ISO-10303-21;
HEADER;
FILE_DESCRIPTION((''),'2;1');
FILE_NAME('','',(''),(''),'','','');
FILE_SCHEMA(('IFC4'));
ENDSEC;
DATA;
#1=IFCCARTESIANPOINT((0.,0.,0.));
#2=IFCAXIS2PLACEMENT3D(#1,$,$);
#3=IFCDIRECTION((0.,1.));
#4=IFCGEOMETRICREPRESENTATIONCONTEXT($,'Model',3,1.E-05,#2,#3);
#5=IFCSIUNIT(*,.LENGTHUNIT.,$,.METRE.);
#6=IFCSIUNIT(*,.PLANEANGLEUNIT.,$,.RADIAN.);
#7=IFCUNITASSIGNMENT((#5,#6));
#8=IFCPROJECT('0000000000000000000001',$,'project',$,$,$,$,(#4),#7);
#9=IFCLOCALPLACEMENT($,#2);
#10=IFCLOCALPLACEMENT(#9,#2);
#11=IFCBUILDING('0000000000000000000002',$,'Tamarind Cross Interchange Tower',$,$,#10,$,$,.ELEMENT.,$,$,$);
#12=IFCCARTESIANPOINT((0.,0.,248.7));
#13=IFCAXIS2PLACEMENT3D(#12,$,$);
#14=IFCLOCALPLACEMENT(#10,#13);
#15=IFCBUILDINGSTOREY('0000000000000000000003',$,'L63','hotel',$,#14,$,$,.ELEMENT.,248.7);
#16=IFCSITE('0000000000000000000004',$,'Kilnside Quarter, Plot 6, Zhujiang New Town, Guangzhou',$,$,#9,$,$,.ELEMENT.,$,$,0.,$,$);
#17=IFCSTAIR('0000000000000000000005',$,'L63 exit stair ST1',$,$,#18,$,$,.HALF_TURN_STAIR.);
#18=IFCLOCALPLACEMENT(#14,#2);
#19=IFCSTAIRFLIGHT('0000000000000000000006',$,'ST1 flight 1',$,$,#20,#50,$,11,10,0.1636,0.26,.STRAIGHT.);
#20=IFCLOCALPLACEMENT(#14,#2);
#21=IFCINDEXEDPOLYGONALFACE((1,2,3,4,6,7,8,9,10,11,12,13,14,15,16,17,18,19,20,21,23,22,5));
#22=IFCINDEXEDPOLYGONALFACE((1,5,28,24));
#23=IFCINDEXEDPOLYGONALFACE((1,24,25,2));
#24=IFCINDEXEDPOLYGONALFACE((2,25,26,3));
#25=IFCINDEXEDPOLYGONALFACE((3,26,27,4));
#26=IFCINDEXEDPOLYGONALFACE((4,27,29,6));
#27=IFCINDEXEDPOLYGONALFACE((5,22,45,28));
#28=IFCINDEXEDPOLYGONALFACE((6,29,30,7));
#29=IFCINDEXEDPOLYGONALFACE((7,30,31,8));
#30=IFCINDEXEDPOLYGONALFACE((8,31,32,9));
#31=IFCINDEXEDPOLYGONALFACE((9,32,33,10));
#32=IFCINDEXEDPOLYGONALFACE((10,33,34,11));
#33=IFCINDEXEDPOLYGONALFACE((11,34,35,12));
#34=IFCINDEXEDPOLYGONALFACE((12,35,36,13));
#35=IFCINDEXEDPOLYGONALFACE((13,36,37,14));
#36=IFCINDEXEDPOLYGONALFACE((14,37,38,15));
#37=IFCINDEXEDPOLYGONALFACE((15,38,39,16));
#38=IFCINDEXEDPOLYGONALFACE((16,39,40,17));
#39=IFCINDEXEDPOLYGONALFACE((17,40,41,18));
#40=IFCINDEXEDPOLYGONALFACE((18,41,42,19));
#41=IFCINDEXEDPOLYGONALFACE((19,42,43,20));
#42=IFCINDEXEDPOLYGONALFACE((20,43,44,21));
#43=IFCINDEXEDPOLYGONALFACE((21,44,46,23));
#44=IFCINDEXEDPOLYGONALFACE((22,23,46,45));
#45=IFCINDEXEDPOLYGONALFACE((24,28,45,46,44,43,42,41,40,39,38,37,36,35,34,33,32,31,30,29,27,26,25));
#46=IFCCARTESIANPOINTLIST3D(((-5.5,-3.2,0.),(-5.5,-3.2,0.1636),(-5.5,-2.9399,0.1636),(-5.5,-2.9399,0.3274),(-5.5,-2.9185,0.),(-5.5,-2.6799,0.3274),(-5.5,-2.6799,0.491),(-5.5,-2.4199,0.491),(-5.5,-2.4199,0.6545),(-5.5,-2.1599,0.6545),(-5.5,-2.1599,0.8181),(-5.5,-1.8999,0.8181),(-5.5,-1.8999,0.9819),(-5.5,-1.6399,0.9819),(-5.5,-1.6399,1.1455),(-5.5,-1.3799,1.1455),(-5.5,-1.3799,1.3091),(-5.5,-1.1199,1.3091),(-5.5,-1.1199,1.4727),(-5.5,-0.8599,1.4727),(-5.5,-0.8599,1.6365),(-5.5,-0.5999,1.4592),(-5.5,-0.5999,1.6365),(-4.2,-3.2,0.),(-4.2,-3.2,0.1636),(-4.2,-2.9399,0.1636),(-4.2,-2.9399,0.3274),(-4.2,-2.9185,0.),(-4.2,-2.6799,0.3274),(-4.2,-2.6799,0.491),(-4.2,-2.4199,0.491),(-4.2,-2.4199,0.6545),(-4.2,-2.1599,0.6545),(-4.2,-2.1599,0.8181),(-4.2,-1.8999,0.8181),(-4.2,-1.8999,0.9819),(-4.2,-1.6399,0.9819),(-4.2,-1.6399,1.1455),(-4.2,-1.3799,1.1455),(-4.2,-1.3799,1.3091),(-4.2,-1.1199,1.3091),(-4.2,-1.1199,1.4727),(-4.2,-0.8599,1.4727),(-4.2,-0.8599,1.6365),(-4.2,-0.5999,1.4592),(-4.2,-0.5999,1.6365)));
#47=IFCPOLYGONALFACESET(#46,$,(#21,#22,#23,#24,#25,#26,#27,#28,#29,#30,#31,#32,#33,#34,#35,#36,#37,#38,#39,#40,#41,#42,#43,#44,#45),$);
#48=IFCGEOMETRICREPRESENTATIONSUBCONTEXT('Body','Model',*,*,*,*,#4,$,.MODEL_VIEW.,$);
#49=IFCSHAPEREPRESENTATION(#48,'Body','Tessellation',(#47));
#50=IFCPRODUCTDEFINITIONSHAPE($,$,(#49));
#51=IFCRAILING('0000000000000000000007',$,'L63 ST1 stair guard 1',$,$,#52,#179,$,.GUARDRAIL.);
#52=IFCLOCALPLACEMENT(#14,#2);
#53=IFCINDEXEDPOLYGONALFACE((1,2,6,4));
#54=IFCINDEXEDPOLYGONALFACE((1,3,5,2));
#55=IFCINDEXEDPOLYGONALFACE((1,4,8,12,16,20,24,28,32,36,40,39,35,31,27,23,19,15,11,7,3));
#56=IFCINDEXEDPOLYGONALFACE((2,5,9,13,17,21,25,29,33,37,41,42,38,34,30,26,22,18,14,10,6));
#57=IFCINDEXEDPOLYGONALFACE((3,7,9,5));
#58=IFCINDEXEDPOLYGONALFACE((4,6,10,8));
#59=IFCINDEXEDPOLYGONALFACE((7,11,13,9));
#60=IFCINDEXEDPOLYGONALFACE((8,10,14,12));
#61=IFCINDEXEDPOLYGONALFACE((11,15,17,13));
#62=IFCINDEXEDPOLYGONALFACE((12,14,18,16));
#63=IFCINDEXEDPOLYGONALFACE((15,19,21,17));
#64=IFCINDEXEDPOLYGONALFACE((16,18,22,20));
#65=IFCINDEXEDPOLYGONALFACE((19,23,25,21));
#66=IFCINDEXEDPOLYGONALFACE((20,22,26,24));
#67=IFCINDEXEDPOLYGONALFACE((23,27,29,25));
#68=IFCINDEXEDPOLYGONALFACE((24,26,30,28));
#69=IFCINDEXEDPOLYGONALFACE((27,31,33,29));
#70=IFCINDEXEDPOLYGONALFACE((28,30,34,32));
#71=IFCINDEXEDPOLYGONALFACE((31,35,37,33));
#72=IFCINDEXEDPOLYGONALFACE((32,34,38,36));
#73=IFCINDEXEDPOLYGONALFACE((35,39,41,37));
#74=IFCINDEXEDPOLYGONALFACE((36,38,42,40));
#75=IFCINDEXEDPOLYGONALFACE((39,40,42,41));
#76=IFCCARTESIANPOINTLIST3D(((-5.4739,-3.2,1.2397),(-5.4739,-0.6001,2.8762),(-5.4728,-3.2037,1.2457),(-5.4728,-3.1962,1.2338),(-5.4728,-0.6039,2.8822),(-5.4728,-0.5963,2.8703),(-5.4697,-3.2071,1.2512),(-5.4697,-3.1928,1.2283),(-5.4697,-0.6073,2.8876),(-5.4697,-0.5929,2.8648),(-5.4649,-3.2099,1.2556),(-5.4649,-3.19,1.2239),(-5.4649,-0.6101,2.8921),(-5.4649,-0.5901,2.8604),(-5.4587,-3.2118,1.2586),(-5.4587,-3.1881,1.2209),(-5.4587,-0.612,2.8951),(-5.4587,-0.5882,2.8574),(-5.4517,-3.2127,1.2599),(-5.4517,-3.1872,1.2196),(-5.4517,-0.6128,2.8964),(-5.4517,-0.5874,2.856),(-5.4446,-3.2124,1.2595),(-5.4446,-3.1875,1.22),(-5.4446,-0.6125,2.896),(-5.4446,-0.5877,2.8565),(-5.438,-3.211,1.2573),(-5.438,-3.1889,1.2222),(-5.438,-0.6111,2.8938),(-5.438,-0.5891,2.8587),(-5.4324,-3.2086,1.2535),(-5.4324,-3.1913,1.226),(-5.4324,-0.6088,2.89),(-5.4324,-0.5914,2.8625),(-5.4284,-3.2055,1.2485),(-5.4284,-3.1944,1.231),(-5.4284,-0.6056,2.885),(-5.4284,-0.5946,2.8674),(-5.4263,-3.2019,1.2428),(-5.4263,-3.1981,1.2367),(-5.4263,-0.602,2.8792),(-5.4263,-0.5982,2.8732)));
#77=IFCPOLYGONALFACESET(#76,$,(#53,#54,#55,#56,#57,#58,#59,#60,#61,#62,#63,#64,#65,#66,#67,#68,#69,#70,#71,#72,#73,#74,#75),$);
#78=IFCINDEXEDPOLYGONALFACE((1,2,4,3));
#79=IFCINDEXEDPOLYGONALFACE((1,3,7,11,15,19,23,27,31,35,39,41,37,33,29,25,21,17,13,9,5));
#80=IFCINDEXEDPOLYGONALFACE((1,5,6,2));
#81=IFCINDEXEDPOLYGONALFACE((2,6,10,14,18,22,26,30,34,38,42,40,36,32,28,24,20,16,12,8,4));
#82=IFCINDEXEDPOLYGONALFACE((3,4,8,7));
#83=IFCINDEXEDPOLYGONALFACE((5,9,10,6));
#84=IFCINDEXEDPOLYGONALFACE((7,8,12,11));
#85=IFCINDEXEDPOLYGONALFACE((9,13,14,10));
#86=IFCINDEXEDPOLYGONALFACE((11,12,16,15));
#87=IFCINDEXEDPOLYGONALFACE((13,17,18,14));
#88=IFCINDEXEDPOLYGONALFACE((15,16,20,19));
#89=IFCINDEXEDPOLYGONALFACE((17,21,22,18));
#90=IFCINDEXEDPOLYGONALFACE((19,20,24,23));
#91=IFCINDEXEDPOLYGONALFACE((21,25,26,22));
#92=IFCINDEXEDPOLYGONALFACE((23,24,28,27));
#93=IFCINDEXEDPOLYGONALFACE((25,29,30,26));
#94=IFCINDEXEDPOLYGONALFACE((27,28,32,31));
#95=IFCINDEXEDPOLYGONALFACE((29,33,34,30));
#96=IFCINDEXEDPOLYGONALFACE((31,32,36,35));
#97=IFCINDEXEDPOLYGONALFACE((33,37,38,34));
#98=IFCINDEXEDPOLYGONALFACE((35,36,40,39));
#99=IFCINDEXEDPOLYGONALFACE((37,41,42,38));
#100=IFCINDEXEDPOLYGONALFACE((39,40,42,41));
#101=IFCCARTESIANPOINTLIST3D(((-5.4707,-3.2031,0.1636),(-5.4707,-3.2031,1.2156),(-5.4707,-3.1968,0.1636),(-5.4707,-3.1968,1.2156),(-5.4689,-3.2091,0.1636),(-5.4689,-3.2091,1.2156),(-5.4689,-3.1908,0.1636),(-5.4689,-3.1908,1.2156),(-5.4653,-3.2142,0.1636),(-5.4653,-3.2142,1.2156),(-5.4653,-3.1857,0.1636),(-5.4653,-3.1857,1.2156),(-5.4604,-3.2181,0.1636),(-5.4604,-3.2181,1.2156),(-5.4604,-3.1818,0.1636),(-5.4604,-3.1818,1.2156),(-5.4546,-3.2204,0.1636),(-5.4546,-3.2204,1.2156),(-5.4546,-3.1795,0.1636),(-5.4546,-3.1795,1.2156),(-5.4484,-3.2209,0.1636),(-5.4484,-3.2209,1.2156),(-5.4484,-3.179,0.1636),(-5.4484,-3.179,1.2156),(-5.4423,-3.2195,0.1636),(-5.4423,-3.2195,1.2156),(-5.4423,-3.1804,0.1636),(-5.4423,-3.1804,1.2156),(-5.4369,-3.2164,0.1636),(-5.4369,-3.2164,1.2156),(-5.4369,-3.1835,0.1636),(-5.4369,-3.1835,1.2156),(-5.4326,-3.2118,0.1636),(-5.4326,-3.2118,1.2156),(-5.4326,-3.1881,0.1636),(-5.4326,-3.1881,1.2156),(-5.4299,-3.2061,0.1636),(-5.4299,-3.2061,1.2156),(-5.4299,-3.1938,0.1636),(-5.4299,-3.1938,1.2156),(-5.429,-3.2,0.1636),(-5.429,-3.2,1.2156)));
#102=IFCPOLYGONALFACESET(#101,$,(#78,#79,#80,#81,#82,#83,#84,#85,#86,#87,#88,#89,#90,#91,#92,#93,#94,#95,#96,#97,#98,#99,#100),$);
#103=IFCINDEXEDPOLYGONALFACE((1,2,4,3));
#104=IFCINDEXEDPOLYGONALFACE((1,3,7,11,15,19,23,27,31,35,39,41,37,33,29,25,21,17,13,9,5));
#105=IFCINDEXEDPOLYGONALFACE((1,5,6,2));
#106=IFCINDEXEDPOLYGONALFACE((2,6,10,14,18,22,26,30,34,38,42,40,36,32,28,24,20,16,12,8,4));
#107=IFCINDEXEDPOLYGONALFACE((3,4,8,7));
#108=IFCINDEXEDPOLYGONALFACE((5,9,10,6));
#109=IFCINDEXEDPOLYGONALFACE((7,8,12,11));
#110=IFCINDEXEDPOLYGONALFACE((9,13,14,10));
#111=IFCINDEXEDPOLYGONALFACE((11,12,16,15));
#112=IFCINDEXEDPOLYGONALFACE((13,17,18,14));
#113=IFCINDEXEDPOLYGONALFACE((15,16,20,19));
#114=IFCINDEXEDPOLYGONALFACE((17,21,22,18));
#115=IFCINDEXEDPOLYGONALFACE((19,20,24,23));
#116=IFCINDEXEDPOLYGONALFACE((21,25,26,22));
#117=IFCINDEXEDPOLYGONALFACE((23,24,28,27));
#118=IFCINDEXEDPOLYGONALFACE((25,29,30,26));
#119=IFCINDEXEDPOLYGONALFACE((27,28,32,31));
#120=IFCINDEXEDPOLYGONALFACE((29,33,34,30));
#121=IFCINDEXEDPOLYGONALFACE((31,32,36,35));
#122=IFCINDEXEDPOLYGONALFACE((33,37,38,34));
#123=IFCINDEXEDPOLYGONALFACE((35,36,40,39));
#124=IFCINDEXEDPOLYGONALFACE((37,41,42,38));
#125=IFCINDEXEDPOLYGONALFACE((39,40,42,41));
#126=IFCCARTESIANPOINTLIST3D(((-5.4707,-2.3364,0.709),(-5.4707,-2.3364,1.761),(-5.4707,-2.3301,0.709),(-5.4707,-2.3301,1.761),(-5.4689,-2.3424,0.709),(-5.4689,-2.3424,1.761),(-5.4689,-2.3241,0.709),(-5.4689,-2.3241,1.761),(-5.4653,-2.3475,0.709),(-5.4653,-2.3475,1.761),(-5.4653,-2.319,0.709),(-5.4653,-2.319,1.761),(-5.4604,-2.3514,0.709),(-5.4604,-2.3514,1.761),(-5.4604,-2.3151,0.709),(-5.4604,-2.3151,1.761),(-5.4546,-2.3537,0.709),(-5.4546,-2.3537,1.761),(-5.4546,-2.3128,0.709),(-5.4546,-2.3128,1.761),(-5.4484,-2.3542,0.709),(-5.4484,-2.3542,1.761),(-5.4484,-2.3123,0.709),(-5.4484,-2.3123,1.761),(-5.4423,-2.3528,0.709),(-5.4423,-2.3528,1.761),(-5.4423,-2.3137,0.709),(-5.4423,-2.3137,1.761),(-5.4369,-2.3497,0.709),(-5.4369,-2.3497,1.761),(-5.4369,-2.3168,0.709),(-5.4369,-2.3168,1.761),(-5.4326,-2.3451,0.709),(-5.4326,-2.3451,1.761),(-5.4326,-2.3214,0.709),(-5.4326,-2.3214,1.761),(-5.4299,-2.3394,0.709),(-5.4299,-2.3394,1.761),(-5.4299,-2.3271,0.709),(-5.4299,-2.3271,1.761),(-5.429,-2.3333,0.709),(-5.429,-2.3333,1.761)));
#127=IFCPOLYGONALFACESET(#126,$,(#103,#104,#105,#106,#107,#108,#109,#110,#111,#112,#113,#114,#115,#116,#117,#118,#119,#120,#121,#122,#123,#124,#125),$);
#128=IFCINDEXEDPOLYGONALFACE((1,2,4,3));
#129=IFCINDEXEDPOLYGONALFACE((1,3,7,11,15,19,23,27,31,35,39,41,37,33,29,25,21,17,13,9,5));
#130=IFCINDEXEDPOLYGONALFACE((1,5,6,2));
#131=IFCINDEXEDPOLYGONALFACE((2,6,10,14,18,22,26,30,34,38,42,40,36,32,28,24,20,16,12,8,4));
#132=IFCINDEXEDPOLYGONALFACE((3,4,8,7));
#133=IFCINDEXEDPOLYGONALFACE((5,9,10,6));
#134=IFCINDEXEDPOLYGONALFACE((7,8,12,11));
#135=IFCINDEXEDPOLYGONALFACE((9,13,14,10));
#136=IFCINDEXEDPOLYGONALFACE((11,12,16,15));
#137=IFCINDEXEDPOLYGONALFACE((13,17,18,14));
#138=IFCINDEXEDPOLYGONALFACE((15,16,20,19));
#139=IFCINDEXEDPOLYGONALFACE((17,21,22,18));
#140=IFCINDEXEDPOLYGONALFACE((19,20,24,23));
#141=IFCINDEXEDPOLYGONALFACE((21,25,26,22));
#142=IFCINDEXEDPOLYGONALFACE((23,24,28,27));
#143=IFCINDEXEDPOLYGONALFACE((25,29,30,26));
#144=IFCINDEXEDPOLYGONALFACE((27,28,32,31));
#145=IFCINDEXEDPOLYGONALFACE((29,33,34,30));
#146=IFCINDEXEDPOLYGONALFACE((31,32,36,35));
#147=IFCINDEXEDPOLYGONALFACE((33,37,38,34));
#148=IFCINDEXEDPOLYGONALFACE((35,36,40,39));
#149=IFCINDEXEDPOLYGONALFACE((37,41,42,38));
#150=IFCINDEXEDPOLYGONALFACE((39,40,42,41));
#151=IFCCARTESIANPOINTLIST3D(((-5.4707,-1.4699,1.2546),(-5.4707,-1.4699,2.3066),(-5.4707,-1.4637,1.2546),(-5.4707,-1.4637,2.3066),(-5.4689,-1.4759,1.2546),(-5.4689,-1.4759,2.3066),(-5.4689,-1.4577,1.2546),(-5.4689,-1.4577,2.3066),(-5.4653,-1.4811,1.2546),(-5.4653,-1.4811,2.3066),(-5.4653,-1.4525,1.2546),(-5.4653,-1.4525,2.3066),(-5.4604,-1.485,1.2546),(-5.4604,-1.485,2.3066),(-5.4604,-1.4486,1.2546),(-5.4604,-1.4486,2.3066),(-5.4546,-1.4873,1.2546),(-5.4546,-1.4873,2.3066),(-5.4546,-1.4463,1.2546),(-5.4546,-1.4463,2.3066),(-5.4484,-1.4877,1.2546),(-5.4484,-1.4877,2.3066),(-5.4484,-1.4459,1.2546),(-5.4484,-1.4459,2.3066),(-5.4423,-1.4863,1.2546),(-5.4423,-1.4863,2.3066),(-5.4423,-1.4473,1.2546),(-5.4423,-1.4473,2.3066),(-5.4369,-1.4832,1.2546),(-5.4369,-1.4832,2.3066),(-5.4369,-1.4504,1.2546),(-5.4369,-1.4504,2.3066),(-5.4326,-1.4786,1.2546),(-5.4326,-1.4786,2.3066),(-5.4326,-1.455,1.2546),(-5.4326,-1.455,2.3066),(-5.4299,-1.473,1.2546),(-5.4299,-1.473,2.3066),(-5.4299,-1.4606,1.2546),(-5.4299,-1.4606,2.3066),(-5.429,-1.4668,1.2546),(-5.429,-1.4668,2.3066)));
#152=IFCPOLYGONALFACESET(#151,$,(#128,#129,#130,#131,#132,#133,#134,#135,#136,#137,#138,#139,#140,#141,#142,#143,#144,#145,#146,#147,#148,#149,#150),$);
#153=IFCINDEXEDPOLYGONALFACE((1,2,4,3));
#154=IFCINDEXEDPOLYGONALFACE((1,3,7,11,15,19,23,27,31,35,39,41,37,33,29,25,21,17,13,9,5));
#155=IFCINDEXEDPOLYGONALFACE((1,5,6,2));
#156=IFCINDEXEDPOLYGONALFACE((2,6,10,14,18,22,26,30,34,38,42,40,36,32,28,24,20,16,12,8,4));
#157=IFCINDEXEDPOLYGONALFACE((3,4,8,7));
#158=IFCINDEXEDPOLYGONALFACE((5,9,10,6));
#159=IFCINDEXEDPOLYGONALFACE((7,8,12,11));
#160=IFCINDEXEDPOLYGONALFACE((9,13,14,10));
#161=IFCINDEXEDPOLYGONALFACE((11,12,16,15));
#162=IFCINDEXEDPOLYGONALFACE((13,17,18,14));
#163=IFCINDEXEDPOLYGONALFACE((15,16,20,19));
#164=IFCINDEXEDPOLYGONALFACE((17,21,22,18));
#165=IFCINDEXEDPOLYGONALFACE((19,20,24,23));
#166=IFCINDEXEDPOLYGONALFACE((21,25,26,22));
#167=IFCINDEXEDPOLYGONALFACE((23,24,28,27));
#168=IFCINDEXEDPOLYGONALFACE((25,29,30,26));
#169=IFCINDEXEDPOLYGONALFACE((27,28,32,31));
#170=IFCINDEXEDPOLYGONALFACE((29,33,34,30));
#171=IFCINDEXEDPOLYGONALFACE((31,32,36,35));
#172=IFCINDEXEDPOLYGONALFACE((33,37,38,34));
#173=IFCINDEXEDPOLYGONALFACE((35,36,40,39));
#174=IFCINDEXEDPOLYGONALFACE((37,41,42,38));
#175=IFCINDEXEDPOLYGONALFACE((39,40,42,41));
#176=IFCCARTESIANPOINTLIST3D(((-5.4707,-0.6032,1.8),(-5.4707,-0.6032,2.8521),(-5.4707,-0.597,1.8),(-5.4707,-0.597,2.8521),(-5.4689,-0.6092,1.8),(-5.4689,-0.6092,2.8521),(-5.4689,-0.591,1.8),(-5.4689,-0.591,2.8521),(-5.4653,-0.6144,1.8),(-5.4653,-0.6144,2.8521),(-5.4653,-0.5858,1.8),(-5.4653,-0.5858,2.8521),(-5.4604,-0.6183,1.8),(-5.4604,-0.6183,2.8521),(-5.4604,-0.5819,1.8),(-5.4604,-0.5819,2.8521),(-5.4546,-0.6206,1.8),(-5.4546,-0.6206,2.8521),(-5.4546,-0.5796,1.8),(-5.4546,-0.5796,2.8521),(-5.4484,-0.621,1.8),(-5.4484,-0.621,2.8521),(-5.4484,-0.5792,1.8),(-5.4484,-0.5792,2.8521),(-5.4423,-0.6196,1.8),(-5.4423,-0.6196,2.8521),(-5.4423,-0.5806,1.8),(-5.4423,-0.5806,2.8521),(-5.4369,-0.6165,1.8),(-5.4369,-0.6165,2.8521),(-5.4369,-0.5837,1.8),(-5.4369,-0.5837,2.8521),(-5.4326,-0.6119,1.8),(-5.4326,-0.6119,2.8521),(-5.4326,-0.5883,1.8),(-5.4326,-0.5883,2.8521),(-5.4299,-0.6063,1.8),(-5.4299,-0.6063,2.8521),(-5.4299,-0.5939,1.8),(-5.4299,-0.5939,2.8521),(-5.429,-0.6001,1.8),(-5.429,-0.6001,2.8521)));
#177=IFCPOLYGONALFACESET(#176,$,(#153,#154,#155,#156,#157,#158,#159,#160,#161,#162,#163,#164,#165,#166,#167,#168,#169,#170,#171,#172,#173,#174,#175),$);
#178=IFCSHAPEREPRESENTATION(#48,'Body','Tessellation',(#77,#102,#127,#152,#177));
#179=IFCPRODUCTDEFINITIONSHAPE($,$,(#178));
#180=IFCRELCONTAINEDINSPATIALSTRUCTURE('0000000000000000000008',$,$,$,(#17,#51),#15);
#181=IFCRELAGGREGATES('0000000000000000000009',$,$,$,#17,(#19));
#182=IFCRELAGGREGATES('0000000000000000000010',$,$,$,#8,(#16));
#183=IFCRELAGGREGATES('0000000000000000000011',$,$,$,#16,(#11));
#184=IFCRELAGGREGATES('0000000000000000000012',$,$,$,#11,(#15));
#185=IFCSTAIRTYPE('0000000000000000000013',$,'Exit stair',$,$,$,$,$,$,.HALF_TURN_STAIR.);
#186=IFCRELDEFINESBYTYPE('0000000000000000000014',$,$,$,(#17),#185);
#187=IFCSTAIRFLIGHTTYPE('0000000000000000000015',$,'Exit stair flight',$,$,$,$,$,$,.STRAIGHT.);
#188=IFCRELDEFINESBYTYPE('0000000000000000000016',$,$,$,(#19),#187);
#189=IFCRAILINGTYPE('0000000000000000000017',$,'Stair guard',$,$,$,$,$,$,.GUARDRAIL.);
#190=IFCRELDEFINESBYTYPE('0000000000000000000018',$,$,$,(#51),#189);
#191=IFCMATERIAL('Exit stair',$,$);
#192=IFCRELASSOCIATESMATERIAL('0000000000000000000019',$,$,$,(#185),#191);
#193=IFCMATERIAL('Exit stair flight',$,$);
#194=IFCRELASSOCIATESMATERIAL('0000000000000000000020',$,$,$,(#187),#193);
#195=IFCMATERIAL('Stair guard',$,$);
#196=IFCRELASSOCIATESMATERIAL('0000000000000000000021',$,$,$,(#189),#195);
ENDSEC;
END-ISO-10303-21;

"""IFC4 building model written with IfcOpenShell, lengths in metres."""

from ifc_helpers import new_model, si_unit, direction, frame, origin, origin_2d, place, context, subcontext, project, spatial, polyline, circle, outline, extrude, material, type_object, element, aggregate, save


model = new_model("IFC4")

# Units and contexts
model_context = context("Model", 3, precision=1e-05, world=origin(), true_north=direction((0.0, 1.0)))
body_context = subcontext(model_context, "Body", "Model", "MODEL_VIEW")
ifc_project = project(units=[si_unit("LENGTHUNIT", "METRE"), si_unit("PLANEANGLEUNIT", "RADIAN")], contexts=[model_context])

# Site, building, storey
site_placement = place(None, origin())
site = spatial("IfcSite", under=ifc_project, at=site_placement, Name="Kilnside Quarter, Plot 6, Zhujiang New Town, Guangzhou", CompositionType="ELEMENT", RefElevation=0.0)
building_placement = place(site_placement, origin())
building = spatial("IfcBuilding", under=site, at=building_placement, Name="Tamarind Cross Interchange Tower", CompositionType="ELEMENT")
storey_placement = place(building_placement, frame((0.0, 0.0, 248.7)))
storey = spatial("IfcBuildingStorey", under=building, at=storey_placement, Name="L63", Description="hotel", CompositionType="ELEMENT", Elevation=248.7)

# Stair, stair flight
ifc_material_1 = material(Name="Exit stair")
stair_type = type_object("IfcStairType", Name="Exit stair", PredefinedType="HALF_TURN_STAIR", material=ifc_material_1)
stair_placement = place(storey_placement, origin())
stair = element("IfcStair", 1, at=stair_placement, inside=storey, type_object=stair_type, Name="L63 exit stair ST1", PredefinedType="HALF_TURN_STAIR")
ifc_material_2 = material(Name="Exit stair flight")
stair_flight_type = type_object("IfcStairFlightType", Name="Exit stair flight", PredefinedType="STRAIGHT", material=ifc_material_2)
stair_flight_placement = place(storey_placement, frame((-4.8501, -3.2, 0.0), z_axis=(0.0, 0.0, 1.0), x_axis=(0.0, 1.0, 0.0)))
stair_flight = element("IfcStairFlight", 2, at=stair_flight_placement, type_object=stair_flight_type, Name="ST1 flight 1", NumberOfRisers=11, NumberOfTreads=10, PredefinedType="STRAIGHT", RiserHeight=0.1636, TreadLength=0.26, context=body_context, shape_type="SweptSolid", body=[
    extrude(outline(polyline([(0.0, 0.0), (0.0, 0.1636), (0.26, 0.1636), (0.26, 0.3274), (0.52, 0.3274), (0.52, 0.491), (0.78, 0.491), (0.78, 0.6545), (1.04, 0.6545), (1.04, 0.8181), (1.3, 0.8181), (1.3, 0.9819), (1.5601, 0.9819), (1.5601, 1.1455), (1.8201, 1.1455), (1.8201, 1.3091), (2.0801, 1.3091), (2.0801, 1.4727), (2.3401, 1.4727), (2.3401, 1.6365), (2.6001, 1.6365), (2.6001, 1.8), (2.6001, 1.4592), (0.2815, 0.0), (0.0, 0.0)])), frame((0.0, 0.6499, 0.0), z_axis=(0.0, -1.0, 0.0), x_axis=(1.0, 0.0, 0.0)), (0.0, 0.0, 1.0), 1.3),
])
aggregate(stair, [stair_flight])

# Railing
ifc_material_3 = material(Name="Stair guard")
railing_type_1 = type_object("IfcRailingType", Name="Stair guard", PredefinedType="GUARDRAIL", material=ifc_material_3)
railing_1_placement = place(storey_placement, frame((-5.45, -3.2, 0.1636)))
element("IfcRailing", 3, at=railing_1_placement, inside=storey, type_object=railing_type_1, Name="L63 ST1 stair guard 1", PredefinedType="GUARDRAIL", context=body_context, shape_type="SweptSolid", body=[
    extrude(circle(Radius=0.0239, at=origin_2d()), frame((0.0, 0.0, 1.0762), z_axis=(0.0, 0.846302, 0.532704), x_axis=(-1.0, 0.0, 0.0)), (0.0, 0.0, 1.0), 3.072),
    extrude(circle(Radius=0.021, at=origin_2d()), origin(), (0.0, 0.0, 1.0), 1.052),
    extrude(circle(Radius=0.021, at=origin_2d()), frame((0.0, 0.8667, 0.5454)), (0.0, 0.0, 1.0), 1.052),
    extrude(circle(Radius=0.021, at=origin_2d()), frame((0.0, 1.7332, 1.0911)), (0.0, 0.0, 1.0), 1.052),
    extrude(circle(Radius=0.021, at=origin_2d()), frame((0.0, 2.5999, 1.6365)), (0.0, 0.0, 1.0), 1.052),
])

save(model, "model.ifc")
